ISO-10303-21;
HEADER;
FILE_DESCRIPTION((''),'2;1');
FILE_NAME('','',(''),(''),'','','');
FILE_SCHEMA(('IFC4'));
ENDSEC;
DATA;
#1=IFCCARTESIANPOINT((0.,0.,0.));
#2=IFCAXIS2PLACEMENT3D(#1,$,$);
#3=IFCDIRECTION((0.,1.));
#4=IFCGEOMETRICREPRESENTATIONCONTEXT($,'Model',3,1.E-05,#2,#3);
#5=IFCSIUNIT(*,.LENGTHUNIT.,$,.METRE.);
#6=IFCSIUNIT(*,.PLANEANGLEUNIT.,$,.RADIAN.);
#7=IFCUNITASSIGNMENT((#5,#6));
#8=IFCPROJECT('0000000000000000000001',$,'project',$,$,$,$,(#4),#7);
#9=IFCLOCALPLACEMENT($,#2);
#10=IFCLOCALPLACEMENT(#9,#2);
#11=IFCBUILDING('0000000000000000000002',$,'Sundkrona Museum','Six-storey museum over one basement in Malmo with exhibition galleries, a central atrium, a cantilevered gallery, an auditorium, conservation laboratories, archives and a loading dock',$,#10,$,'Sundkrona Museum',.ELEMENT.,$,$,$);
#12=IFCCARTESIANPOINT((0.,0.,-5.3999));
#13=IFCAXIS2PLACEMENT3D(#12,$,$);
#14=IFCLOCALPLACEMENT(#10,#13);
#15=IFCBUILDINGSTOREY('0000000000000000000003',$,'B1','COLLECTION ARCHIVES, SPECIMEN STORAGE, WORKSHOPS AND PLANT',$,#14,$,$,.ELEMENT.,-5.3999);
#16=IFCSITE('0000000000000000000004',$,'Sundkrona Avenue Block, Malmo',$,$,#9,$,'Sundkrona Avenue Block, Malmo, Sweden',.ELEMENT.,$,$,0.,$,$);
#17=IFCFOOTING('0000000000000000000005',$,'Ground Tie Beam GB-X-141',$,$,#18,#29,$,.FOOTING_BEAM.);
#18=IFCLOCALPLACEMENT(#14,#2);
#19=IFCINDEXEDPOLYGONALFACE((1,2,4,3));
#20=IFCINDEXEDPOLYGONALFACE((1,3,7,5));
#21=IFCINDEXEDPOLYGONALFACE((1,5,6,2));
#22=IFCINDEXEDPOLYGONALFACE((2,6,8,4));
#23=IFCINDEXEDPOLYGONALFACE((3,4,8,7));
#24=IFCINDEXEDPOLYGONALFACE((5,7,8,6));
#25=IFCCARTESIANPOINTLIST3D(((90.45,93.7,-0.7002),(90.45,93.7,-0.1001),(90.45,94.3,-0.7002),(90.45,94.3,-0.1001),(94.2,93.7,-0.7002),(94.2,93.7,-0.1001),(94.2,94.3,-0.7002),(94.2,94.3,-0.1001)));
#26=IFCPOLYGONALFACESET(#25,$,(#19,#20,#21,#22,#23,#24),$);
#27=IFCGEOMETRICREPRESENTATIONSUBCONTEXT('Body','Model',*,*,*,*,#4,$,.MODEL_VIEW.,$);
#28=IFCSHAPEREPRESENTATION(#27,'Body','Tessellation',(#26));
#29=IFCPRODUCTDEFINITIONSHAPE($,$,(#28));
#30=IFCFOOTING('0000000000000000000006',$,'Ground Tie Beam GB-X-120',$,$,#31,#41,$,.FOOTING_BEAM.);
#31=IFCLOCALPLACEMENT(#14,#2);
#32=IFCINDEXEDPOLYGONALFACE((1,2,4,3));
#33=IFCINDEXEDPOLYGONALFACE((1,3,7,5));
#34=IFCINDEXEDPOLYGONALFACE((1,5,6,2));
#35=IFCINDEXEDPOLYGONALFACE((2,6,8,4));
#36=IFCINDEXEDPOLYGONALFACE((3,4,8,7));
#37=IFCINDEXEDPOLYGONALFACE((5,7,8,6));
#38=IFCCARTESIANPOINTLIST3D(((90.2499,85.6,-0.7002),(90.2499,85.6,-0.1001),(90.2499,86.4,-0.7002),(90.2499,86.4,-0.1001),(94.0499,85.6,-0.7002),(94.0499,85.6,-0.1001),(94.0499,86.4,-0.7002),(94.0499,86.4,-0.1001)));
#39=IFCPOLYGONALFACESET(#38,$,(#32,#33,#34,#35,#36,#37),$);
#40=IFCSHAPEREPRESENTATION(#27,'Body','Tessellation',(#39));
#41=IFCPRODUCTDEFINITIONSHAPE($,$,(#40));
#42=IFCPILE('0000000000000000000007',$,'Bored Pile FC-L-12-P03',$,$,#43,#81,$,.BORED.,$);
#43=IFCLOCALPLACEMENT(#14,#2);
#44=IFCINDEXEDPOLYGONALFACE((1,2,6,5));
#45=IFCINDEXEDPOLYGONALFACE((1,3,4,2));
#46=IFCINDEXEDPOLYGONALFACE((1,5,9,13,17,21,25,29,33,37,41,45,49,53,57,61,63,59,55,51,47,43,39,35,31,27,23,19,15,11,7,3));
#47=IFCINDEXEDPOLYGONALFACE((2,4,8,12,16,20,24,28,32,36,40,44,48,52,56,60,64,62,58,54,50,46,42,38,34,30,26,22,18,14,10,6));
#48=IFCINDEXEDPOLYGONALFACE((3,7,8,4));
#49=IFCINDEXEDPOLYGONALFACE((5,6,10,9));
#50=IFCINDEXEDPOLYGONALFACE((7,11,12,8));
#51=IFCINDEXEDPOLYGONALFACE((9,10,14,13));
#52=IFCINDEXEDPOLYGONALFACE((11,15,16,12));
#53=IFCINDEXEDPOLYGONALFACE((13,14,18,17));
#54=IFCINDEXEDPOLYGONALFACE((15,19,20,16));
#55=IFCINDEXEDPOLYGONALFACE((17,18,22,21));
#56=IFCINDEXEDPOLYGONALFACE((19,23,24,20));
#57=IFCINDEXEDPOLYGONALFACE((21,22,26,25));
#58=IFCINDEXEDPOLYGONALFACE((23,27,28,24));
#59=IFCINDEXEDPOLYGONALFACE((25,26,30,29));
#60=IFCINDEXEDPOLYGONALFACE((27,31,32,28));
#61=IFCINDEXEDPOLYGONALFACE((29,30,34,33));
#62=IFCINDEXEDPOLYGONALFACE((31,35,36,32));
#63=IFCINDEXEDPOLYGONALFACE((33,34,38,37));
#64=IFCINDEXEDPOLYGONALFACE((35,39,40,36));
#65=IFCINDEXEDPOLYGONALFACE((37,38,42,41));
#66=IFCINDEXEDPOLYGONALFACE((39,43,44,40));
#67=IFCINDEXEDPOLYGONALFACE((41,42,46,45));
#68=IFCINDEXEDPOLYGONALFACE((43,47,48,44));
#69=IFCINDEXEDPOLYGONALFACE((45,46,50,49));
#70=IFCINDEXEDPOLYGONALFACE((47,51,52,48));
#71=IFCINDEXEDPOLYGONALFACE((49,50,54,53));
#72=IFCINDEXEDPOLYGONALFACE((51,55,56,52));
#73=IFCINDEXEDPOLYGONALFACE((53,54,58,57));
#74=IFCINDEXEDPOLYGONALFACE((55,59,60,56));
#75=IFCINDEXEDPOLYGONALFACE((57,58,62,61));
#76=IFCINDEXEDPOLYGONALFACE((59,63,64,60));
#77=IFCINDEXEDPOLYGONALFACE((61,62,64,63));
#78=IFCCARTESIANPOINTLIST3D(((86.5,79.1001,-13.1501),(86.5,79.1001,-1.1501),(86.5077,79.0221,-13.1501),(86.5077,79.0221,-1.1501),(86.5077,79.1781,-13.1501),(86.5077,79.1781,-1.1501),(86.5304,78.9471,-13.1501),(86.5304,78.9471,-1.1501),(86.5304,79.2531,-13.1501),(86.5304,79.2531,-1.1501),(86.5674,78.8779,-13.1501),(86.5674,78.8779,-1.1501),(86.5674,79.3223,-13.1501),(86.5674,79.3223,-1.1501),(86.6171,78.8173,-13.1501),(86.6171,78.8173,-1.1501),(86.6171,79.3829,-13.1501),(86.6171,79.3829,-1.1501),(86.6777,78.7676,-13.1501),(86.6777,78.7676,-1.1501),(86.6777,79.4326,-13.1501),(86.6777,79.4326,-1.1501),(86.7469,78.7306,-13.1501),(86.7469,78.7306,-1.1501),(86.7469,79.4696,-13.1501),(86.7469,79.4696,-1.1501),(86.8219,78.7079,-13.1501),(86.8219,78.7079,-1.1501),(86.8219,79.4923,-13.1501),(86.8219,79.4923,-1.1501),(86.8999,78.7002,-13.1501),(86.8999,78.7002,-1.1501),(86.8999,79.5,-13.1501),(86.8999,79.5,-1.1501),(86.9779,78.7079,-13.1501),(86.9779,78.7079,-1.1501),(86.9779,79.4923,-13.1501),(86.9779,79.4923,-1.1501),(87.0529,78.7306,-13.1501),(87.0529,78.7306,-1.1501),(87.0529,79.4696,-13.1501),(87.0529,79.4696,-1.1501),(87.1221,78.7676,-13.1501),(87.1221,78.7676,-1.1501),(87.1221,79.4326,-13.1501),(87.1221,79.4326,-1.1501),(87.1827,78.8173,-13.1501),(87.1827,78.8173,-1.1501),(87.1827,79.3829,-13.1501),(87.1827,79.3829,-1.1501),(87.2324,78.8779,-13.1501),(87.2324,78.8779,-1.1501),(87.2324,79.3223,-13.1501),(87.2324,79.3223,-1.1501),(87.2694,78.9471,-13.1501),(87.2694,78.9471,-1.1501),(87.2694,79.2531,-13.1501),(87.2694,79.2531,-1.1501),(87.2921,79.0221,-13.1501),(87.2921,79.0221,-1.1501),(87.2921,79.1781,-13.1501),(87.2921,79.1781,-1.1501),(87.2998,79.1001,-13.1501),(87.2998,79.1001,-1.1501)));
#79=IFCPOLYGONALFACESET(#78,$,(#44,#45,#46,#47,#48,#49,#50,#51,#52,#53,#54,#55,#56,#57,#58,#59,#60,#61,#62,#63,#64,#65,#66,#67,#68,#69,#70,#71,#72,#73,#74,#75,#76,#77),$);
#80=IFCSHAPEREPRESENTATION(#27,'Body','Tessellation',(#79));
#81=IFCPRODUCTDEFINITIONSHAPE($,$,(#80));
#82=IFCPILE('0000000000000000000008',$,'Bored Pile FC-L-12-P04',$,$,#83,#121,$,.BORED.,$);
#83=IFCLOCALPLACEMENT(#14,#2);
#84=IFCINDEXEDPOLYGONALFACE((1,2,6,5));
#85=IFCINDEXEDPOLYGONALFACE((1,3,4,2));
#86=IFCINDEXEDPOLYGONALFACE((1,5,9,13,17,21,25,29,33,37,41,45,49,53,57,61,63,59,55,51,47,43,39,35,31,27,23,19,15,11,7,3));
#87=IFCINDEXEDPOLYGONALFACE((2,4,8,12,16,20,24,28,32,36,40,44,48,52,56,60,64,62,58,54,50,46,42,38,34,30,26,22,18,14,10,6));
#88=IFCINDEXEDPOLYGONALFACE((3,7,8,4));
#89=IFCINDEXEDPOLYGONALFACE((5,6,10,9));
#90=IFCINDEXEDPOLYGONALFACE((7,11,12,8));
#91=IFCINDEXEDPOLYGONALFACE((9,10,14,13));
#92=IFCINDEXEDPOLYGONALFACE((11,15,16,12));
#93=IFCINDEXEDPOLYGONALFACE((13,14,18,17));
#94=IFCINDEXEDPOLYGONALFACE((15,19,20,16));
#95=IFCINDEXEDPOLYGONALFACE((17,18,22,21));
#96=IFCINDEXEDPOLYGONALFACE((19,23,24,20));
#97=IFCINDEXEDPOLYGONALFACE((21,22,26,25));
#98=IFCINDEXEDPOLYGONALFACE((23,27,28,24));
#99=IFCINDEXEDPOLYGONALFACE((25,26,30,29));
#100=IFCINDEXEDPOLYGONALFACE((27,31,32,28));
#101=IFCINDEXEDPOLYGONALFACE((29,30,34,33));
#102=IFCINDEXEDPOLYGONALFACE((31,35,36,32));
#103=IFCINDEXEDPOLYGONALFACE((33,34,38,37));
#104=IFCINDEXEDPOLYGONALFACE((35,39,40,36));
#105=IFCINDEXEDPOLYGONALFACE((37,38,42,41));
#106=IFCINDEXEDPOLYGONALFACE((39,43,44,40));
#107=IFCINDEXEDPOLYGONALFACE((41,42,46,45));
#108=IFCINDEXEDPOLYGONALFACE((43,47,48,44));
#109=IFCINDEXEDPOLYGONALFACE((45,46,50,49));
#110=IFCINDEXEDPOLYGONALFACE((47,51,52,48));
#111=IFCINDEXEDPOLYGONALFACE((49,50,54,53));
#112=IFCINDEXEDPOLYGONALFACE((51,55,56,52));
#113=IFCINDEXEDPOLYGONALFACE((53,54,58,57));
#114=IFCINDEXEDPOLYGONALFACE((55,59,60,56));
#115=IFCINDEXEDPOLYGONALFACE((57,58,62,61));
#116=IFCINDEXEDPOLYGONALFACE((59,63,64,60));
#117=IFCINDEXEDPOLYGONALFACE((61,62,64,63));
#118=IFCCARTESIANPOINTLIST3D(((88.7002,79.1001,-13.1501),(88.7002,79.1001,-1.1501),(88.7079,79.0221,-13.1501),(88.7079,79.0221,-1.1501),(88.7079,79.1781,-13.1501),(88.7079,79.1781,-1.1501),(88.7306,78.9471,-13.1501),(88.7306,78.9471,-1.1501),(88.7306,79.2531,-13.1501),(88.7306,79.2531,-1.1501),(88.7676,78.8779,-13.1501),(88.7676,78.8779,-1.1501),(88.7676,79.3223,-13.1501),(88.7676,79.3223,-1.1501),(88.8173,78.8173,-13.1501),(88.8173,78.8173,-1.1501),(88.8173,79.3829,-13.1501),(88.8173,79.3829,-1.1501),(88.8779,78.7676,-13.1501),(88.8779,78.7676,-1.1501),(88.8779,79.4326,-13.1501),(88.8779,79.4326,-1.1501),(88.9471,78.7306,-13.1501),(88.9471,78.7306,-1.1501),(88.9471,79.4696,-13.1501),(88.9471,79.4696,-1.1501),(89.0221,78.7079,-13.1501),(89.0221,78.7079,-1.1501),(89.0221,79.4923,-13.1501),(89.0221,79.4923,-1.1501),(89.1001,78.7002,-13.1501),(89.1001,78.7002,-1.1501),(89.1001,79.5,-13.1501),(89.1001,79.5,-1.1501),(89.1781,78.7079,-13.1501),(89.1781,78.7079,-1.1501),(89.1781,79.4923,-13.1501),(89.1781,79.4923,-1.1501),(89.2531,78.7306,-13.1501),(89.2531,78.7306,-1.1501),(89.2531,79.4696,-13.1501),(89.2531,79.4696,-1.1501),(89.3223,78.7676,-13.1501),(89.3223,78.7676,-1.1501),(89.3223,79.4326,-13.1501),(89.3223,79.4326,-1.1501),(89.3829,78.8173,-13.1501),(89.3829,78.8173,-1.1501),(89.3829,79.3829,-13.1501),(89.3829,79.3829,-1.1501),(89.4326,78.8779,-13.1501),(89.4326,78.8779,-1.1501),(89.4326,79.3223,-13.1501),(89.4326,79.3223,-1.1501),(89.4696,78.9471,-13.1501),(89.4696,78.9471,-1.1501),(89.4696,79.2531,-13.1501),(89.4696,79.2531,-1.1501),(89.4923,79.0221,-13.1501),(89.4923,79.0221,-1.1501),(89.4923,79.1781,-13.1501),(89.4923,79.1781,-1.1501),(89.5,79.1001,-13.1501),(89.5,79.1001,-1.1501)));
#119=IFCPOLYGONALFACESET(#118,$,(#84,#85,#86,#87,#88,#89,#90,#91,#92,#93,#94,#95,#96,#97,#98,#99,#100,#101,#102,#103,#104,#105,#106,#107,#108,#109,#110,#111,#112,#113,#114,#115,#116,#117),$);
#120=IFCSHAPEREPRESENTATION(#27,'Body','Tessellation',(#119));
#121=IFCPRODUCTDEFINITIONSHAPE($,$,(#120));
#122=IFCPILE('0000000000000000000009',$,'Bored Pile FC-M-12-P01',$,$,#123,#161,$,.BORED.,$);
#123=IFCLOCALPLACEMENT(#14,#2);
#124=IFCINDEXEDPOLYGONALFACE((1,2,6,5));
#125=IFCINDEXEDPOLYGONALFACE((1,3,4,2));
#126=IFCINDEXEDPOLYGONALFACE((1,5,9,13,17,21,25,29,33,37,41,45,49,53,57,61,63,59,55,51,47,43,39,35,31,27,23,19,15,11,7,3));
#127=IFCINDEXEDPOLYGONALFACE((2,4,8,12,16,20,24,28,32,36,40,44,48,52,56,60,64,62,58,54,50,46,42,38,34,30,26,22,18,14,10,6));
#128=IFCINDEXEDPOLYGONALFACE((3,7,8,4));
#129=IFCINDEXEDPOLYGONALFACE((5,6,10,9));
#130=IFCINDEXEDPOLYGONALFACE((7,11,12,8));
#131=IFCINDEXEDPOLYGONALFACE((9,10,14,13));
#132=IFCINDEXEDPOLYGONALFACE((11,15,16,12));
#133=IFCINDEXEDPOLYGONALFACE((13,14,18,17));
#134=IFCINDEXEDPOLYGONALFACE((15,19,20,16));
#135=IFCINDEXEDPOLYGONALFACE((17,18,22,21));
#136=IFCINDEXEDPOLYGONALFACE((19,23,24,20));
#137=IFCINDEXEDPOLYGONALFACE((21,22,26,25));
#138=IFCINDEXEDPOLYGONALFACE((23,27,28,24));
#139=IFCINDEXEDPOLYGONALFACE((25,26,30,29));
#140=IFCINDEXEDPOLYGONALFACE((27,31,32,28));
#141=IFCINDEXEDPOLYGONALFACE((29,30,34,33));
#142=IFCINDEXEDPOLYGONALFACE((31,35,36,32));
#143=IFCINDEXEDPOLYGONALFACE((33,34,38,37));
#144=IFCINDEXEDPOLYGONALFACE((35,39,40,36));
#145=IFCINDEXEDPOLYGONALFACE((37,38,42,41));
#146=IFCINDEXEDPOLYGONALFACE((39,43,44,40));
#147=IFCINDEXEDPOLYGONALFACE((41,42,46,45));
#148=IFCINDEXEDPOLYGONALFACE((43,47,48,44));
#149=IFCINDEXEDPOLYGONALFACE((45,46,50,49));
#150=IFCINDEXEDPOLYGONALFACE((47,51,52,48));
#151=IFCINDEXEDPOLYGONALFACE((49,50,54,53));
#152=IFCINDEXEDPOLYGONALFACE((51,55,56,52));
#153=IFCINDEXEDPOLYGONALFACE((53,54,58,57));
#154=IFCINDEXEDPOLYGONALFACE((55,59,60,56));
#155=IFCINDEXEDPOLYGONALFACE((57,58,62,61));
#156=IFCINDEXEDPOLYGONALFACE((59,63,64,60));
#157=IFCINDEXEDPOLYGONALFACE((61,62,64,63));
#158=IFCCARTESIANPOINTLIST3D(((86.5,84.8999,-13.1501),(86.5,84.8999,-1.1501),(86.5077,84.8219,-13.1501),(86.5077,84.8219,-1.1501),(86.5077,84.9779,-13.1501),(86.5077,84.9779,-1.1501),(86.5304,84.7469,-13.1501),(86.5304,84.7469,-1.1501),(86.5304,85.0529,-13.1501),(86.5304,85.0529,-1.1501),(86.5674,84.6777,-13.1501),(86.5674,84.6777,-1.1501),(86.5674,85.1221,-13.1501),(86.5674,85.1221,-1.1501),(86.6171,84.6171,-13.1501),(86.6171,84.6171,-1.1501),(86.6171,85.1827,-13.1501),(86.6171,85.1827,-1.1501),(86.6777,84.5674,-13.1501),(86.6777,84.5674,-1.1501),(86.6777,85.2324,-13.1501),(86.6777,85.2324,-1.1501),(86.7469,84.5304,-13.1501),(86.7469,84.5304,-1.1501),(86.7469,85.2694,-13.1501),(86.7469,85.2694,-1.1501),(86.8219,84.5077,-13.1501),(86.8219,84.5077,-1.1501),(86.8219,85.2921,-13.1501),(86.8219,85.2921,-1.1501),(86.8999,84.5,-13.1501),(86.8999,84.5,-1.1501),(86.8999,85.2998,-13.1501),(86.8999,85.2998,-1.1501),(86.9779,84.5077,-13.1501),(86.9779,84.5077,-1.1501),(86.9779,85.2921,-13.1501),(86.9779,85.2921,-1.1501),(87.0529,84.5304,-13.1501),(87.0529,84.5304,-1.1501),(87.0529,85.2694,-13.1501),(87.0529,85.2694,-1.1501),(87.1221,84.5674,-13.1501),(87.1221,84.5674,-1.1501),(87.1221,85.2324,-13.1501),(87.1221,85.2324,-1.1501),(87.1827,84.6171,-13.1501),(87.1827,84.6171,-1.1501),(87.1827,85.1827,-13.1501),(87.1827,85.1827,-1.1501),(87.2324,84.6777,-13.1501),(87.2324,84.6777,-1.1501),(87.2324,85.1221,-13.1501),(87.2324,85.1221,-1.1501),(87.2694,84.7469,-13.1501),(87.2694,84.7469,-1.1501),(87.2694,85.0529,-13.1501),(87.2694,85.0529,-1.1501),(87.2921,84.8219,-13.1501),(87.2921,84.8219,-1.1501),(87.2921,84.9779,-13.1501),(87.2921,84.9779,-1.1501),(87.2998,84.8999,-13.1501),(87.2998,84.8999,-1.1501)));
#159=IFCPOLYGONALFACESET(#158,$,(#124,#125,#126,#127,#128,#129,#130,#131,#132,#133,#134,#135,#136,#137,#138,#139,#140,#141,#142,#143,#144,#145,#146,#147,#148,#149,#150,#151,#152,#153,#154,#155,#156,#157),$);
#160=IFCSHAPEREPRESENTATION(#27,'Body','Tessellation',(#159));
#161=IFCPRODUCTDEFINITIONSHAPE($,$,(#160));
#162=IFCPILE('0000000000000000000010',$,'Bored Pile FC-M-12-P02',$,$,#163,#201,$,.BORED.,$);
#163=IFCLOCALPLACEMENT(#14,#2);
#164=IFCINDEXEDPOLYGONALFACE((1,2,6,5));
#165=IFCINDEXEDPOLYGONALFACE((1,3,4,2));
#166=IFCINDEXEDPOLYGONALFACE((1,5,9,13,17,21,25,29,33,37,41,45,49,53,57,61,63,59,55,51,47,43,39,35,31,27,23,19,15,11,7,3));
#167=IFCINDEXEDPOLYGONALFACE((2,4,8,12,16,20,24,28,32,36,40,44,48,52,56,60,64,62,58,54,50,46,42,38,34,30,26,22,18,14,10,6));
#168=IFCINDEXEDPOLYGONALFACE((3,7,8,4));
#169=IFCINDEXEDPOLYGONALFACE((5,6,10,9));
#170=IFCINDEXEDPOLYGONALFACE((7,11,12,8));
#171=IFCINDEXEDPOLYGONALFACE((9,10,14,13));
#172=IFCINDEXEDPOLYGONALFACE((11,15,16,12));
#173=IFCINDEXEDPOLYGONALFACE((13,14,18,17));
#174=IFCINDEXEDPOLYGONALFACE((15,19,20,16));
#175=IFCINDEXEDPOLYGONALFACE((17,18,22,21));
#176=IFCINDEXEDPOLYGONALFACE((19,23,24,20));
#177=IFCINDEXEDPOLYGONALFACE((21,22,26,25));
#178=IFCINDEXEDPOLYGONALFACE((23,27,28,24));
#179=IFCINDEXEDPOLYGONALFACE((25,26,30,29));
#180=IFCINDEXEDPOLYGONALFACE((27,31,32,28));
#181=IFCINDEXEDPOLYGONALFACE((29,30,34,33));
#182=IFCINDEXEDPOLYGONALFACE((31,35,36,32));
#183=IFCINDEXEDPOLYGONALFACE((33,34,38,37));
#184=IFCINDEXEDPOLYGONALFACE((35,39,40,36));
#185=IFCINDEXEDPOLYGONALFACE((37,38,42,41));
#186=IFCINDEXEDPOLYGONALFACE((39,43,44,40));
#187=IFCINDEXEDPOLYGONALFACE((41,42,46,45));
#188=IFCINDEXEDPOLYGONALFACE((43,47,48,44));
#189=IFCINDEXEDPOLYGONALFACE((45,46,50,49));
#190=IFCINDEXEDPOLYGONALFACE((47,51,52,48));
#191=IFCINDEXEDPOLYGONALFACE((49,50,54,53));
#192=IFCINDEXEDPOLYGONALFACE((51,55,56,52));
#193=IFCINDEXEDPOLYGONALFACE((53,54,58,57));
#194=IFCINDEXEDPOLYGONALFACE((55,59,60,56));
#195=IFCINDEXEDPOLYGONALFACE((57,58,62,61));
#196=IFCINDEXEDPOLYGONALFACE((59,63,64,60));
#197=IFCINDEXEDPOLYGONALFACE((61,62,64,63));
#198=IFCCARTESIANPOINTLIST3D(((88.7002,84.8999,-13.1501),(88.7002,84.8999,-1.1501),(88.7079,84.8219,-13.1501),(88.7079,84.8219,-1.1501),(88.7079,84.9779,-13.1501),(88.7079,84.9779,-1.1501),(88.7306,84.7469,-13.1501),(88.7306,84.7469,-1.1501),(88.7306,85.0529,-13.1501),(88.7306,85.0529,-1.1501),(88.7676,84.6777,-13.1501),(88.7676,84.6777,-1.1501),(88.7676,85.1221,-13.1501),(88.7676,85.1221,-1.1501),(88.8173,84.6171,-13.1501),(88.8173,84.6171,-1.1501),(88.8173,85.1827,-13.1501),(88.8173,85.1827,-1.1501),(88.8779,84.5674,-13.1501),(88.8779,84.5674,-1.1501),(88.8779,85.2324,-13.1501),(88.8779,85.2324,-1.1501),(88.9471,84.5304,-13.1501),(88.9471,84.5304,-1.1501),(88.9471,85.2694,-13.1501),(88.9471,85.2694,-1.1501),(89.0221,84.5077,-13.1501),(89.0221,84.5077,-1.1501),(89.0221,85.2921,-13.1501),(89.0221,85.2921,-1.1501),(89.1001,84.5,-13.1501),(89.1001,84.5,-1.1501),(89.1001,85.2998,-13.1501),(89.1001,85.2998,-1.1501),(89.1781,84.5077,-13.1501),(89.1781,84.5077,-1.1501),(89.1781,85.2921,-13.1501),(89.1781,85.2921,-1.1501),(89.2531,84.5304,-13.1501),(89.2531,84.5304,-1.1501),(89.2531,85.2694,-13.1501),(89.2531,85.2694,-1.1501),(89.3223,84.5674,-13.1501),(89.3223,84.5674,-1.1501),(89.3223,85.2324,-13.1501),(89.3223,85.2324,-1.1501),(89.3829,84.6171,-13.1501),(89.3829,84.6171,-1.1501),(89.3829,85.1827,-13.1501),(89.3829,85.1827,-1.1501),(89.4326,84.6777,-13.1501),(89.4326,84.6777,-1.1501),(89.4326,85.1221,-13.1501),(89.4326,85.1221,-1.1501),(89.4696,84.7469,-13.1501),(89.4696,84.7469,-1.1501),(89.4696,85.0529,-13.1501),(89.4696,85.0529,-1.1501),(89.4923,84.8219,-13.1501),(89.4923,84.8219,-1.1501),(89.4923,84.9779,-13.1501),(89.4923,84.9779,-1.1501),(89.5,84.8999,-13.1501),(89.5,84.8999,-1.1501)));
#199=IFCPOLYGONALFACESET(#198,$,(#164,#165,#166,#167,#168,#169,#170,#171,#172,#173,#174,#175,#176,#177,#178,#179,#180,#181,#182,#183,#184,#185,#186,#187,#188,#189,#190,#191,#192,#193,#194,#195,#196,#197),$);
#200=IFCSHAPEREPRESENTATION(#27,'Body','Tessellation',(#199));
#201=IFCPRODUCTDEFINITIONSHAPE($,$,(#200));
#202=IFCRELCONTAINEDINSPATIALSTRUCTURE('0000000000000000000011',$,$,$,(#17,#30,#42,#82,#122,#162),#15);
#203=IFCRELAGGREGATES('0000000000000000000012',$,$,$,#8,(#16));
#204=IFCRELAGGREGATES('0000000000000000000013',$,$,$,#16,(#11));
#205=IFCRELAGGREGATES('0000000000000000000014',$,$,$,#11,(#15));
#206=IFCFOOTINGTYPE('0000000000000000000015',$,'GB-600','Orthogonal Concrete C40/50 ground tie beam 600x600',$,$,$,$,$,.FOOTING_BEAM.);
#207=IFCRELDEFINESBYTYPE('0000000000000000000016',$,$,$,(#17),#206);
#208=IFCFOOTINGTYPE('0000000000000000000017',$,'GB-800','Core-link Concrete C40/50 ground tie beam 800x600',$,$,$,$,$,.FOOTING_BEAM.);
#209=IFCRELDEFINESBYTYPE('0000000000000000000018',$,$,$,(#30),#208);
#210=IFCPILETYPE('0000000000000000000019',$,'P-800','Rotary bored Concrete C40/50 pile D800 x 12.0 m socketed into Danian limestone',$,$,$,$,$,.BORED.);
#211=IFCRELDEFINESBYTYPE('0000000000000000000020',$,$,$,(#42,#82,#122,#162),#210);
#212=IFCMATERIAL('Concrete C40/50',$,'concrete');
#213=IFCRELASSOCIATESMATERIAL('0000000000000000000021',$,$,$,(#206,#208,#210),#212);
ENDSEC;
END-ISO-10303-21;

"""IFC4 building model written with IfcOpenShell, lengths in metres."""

from ifc_helpers import new_model, si_unit, direction, frame, origin, origin_2d, place, context, subcontext, project, spatial, rectangle, circle, extrude, material, material_profile, profile_set, type_object, element, save


model = new_model("IFC4")

# Units and contexts
model_context = context("Model", 3, precision=1e-05, world=origin(), true_north=direction((0.0, 1.0)))
body_context = subcontext(model_context, "Body", "Model", "MODEL_VIEW")
ifc_project = project(units=[si_unit("LENGTHUNIT", "METRE"), si_unit("PLANEANGLEUNIT", "RADIAN")], contexts=[model_context])

# Site, building, storey
site_placement = place(None, origin())
site = spatial("IfcSite", under=ifc_project, at=site_placement, Name="Sundkrona Avenue Block, Malmo", LongName="Sundkrona Avenue Block, Malmo, Sweden", CompositionType="ELEMENT", RefElevation=0.0)
building_placement = place(site_placement, origin())
building = spatial("IfcBuilding", under=site, at=building_placement, Name="Sundkrona Museum", Description="Six-storey museum over one basement in Malmo with exhibition galleries, a central atrium, a cantilevered gallery, an auditorium, conservation laboratories, archives and a loading dock", LongName="Sundkrona Museum", CompositionType="ELEMENT")
storey_placement = place(building_placement, frame((0.0, 0.0, -5.3999)))
storey = spatial("IfcBuildingStorey", under=building, at=storey_placement, Name="B1", Description="COLLECTION ARCHIVES, SPECIMEN STORAGE, WORKSHOPS AND PLANT", CompositionType="ELEMENT", Elevation=-5.3999)

# Footings
ifc_material_1 = material(Name="Concrete C40/50", Category="concrete")
footing_type_1 = type_object("IfcFootingType", Name="GB-600", Description="Orthogonal Concrete C40/50 ground tie beam 600x600", PredefinedType="FOOTING_BEAM", material=ifc_material_1)
footing_1_placement = place(storey_placement, frame((92.325, 94.0, -0.7002), z_axis=(0.0, 0.0, 1.0), x_axis=(1.0, 0.0, 0.0)))
element("IfcFooting", 1, at=footing_1_placement, inside=storey, type_object=footing_type_1, Name="Ground Tie Beam GB-X-141", PredefinedType="FOOTING_BEAM", context=body_context, shape_type="SweptSolid", body=[
    extrude(rectangle(XDim=3.75, YDim=0.6001, at=origin_2d()), origin(), (0.0, 0.0, 1.0), 0.6001),
])
footing_type_2 = type_object("IfcFootingType", Name="GB-800", Description="Core-link Concrete C40/50 ground tie beam 800x600", PredefinedType="FOOTING_BEAM", material=ifc_material_1)
footing_2_placement = place(storey_placement, frame((92.1499, 86.0, -0.7002), z_axis=(0.0, 0.0, 1.0), x_axis=(1.0, 0.0, 0.0)))
element("IfcFooting", 2, at=footing_2_placement, inside=storey, type_object=footing_type_2, Name="Ground Tie Beam GB-X-120", PredefinedType="FOOTING_BEAM", context=body_context, shape_type="SweptSolid", body=[
    extrude(rectangle(XDim=3.8, YDim=0.8, at=origin_2d()), origin(), (0.0, 0.0, 1.0), 0.6001),
])

# Piles
ifc_material_profile_1 = material_profile(ifc_material_1, circle(Radius=0.3999, at=origin_2d()), Name="PILE D800")
ifc_profile_set_1 = profile_set([ifc_material_profile_1], Name="Concrete C40/50")
pile_type = type_object("IfcPileType", Name="P-800", Description="Rotary bored Concrete C40/50 pile D800 x 12.0 m socketed into Danian limestone", PredefinedType="BORED", material=ifc_profile_set_1)
for number, where, z_axis, x_axis, name in (
    (3, (86.8999, 79.1001, -1.1501), (0.0, 0.0, -1.0), (1.0, 0.0, 0.0), "Bored Pile FC-L-12-P03"),
    (4, (89.1001, 79.1001, -1.1501), (0.0, 0.0, -1.0), (1.0, 0.0, 0.0), "Bored Pile FC-L-12-P04"),
    (5, (86.8999, 84.8999, -1.1501), (0.0, 0.0, -1.0), (1.0, 0.0, 0.0), "Bored Pile FC-M-12-P01"),
    (6, (89.1001, 84.8999, -1.1501), (0.0, 0.0, -1.0), (1.0, 0.0, 0.0), "Bored Pile FC-M-12-P02"),
):
    element("IfcPile", number, at=place(storey_placement, frame(where, z_axis=z_axis, x_axis=x_axis)), inside=storey, type_object=pile_type, Name=name, PredefinedType="BORED", context=body_context, shape_type="SweptSolid", body=[
        extrude(circle(Radius=0.3999, at=origin_2d()), origin(), (0.0, 0.0, 1.0), 12.0),
    ])

save(model, "model.ifc")
